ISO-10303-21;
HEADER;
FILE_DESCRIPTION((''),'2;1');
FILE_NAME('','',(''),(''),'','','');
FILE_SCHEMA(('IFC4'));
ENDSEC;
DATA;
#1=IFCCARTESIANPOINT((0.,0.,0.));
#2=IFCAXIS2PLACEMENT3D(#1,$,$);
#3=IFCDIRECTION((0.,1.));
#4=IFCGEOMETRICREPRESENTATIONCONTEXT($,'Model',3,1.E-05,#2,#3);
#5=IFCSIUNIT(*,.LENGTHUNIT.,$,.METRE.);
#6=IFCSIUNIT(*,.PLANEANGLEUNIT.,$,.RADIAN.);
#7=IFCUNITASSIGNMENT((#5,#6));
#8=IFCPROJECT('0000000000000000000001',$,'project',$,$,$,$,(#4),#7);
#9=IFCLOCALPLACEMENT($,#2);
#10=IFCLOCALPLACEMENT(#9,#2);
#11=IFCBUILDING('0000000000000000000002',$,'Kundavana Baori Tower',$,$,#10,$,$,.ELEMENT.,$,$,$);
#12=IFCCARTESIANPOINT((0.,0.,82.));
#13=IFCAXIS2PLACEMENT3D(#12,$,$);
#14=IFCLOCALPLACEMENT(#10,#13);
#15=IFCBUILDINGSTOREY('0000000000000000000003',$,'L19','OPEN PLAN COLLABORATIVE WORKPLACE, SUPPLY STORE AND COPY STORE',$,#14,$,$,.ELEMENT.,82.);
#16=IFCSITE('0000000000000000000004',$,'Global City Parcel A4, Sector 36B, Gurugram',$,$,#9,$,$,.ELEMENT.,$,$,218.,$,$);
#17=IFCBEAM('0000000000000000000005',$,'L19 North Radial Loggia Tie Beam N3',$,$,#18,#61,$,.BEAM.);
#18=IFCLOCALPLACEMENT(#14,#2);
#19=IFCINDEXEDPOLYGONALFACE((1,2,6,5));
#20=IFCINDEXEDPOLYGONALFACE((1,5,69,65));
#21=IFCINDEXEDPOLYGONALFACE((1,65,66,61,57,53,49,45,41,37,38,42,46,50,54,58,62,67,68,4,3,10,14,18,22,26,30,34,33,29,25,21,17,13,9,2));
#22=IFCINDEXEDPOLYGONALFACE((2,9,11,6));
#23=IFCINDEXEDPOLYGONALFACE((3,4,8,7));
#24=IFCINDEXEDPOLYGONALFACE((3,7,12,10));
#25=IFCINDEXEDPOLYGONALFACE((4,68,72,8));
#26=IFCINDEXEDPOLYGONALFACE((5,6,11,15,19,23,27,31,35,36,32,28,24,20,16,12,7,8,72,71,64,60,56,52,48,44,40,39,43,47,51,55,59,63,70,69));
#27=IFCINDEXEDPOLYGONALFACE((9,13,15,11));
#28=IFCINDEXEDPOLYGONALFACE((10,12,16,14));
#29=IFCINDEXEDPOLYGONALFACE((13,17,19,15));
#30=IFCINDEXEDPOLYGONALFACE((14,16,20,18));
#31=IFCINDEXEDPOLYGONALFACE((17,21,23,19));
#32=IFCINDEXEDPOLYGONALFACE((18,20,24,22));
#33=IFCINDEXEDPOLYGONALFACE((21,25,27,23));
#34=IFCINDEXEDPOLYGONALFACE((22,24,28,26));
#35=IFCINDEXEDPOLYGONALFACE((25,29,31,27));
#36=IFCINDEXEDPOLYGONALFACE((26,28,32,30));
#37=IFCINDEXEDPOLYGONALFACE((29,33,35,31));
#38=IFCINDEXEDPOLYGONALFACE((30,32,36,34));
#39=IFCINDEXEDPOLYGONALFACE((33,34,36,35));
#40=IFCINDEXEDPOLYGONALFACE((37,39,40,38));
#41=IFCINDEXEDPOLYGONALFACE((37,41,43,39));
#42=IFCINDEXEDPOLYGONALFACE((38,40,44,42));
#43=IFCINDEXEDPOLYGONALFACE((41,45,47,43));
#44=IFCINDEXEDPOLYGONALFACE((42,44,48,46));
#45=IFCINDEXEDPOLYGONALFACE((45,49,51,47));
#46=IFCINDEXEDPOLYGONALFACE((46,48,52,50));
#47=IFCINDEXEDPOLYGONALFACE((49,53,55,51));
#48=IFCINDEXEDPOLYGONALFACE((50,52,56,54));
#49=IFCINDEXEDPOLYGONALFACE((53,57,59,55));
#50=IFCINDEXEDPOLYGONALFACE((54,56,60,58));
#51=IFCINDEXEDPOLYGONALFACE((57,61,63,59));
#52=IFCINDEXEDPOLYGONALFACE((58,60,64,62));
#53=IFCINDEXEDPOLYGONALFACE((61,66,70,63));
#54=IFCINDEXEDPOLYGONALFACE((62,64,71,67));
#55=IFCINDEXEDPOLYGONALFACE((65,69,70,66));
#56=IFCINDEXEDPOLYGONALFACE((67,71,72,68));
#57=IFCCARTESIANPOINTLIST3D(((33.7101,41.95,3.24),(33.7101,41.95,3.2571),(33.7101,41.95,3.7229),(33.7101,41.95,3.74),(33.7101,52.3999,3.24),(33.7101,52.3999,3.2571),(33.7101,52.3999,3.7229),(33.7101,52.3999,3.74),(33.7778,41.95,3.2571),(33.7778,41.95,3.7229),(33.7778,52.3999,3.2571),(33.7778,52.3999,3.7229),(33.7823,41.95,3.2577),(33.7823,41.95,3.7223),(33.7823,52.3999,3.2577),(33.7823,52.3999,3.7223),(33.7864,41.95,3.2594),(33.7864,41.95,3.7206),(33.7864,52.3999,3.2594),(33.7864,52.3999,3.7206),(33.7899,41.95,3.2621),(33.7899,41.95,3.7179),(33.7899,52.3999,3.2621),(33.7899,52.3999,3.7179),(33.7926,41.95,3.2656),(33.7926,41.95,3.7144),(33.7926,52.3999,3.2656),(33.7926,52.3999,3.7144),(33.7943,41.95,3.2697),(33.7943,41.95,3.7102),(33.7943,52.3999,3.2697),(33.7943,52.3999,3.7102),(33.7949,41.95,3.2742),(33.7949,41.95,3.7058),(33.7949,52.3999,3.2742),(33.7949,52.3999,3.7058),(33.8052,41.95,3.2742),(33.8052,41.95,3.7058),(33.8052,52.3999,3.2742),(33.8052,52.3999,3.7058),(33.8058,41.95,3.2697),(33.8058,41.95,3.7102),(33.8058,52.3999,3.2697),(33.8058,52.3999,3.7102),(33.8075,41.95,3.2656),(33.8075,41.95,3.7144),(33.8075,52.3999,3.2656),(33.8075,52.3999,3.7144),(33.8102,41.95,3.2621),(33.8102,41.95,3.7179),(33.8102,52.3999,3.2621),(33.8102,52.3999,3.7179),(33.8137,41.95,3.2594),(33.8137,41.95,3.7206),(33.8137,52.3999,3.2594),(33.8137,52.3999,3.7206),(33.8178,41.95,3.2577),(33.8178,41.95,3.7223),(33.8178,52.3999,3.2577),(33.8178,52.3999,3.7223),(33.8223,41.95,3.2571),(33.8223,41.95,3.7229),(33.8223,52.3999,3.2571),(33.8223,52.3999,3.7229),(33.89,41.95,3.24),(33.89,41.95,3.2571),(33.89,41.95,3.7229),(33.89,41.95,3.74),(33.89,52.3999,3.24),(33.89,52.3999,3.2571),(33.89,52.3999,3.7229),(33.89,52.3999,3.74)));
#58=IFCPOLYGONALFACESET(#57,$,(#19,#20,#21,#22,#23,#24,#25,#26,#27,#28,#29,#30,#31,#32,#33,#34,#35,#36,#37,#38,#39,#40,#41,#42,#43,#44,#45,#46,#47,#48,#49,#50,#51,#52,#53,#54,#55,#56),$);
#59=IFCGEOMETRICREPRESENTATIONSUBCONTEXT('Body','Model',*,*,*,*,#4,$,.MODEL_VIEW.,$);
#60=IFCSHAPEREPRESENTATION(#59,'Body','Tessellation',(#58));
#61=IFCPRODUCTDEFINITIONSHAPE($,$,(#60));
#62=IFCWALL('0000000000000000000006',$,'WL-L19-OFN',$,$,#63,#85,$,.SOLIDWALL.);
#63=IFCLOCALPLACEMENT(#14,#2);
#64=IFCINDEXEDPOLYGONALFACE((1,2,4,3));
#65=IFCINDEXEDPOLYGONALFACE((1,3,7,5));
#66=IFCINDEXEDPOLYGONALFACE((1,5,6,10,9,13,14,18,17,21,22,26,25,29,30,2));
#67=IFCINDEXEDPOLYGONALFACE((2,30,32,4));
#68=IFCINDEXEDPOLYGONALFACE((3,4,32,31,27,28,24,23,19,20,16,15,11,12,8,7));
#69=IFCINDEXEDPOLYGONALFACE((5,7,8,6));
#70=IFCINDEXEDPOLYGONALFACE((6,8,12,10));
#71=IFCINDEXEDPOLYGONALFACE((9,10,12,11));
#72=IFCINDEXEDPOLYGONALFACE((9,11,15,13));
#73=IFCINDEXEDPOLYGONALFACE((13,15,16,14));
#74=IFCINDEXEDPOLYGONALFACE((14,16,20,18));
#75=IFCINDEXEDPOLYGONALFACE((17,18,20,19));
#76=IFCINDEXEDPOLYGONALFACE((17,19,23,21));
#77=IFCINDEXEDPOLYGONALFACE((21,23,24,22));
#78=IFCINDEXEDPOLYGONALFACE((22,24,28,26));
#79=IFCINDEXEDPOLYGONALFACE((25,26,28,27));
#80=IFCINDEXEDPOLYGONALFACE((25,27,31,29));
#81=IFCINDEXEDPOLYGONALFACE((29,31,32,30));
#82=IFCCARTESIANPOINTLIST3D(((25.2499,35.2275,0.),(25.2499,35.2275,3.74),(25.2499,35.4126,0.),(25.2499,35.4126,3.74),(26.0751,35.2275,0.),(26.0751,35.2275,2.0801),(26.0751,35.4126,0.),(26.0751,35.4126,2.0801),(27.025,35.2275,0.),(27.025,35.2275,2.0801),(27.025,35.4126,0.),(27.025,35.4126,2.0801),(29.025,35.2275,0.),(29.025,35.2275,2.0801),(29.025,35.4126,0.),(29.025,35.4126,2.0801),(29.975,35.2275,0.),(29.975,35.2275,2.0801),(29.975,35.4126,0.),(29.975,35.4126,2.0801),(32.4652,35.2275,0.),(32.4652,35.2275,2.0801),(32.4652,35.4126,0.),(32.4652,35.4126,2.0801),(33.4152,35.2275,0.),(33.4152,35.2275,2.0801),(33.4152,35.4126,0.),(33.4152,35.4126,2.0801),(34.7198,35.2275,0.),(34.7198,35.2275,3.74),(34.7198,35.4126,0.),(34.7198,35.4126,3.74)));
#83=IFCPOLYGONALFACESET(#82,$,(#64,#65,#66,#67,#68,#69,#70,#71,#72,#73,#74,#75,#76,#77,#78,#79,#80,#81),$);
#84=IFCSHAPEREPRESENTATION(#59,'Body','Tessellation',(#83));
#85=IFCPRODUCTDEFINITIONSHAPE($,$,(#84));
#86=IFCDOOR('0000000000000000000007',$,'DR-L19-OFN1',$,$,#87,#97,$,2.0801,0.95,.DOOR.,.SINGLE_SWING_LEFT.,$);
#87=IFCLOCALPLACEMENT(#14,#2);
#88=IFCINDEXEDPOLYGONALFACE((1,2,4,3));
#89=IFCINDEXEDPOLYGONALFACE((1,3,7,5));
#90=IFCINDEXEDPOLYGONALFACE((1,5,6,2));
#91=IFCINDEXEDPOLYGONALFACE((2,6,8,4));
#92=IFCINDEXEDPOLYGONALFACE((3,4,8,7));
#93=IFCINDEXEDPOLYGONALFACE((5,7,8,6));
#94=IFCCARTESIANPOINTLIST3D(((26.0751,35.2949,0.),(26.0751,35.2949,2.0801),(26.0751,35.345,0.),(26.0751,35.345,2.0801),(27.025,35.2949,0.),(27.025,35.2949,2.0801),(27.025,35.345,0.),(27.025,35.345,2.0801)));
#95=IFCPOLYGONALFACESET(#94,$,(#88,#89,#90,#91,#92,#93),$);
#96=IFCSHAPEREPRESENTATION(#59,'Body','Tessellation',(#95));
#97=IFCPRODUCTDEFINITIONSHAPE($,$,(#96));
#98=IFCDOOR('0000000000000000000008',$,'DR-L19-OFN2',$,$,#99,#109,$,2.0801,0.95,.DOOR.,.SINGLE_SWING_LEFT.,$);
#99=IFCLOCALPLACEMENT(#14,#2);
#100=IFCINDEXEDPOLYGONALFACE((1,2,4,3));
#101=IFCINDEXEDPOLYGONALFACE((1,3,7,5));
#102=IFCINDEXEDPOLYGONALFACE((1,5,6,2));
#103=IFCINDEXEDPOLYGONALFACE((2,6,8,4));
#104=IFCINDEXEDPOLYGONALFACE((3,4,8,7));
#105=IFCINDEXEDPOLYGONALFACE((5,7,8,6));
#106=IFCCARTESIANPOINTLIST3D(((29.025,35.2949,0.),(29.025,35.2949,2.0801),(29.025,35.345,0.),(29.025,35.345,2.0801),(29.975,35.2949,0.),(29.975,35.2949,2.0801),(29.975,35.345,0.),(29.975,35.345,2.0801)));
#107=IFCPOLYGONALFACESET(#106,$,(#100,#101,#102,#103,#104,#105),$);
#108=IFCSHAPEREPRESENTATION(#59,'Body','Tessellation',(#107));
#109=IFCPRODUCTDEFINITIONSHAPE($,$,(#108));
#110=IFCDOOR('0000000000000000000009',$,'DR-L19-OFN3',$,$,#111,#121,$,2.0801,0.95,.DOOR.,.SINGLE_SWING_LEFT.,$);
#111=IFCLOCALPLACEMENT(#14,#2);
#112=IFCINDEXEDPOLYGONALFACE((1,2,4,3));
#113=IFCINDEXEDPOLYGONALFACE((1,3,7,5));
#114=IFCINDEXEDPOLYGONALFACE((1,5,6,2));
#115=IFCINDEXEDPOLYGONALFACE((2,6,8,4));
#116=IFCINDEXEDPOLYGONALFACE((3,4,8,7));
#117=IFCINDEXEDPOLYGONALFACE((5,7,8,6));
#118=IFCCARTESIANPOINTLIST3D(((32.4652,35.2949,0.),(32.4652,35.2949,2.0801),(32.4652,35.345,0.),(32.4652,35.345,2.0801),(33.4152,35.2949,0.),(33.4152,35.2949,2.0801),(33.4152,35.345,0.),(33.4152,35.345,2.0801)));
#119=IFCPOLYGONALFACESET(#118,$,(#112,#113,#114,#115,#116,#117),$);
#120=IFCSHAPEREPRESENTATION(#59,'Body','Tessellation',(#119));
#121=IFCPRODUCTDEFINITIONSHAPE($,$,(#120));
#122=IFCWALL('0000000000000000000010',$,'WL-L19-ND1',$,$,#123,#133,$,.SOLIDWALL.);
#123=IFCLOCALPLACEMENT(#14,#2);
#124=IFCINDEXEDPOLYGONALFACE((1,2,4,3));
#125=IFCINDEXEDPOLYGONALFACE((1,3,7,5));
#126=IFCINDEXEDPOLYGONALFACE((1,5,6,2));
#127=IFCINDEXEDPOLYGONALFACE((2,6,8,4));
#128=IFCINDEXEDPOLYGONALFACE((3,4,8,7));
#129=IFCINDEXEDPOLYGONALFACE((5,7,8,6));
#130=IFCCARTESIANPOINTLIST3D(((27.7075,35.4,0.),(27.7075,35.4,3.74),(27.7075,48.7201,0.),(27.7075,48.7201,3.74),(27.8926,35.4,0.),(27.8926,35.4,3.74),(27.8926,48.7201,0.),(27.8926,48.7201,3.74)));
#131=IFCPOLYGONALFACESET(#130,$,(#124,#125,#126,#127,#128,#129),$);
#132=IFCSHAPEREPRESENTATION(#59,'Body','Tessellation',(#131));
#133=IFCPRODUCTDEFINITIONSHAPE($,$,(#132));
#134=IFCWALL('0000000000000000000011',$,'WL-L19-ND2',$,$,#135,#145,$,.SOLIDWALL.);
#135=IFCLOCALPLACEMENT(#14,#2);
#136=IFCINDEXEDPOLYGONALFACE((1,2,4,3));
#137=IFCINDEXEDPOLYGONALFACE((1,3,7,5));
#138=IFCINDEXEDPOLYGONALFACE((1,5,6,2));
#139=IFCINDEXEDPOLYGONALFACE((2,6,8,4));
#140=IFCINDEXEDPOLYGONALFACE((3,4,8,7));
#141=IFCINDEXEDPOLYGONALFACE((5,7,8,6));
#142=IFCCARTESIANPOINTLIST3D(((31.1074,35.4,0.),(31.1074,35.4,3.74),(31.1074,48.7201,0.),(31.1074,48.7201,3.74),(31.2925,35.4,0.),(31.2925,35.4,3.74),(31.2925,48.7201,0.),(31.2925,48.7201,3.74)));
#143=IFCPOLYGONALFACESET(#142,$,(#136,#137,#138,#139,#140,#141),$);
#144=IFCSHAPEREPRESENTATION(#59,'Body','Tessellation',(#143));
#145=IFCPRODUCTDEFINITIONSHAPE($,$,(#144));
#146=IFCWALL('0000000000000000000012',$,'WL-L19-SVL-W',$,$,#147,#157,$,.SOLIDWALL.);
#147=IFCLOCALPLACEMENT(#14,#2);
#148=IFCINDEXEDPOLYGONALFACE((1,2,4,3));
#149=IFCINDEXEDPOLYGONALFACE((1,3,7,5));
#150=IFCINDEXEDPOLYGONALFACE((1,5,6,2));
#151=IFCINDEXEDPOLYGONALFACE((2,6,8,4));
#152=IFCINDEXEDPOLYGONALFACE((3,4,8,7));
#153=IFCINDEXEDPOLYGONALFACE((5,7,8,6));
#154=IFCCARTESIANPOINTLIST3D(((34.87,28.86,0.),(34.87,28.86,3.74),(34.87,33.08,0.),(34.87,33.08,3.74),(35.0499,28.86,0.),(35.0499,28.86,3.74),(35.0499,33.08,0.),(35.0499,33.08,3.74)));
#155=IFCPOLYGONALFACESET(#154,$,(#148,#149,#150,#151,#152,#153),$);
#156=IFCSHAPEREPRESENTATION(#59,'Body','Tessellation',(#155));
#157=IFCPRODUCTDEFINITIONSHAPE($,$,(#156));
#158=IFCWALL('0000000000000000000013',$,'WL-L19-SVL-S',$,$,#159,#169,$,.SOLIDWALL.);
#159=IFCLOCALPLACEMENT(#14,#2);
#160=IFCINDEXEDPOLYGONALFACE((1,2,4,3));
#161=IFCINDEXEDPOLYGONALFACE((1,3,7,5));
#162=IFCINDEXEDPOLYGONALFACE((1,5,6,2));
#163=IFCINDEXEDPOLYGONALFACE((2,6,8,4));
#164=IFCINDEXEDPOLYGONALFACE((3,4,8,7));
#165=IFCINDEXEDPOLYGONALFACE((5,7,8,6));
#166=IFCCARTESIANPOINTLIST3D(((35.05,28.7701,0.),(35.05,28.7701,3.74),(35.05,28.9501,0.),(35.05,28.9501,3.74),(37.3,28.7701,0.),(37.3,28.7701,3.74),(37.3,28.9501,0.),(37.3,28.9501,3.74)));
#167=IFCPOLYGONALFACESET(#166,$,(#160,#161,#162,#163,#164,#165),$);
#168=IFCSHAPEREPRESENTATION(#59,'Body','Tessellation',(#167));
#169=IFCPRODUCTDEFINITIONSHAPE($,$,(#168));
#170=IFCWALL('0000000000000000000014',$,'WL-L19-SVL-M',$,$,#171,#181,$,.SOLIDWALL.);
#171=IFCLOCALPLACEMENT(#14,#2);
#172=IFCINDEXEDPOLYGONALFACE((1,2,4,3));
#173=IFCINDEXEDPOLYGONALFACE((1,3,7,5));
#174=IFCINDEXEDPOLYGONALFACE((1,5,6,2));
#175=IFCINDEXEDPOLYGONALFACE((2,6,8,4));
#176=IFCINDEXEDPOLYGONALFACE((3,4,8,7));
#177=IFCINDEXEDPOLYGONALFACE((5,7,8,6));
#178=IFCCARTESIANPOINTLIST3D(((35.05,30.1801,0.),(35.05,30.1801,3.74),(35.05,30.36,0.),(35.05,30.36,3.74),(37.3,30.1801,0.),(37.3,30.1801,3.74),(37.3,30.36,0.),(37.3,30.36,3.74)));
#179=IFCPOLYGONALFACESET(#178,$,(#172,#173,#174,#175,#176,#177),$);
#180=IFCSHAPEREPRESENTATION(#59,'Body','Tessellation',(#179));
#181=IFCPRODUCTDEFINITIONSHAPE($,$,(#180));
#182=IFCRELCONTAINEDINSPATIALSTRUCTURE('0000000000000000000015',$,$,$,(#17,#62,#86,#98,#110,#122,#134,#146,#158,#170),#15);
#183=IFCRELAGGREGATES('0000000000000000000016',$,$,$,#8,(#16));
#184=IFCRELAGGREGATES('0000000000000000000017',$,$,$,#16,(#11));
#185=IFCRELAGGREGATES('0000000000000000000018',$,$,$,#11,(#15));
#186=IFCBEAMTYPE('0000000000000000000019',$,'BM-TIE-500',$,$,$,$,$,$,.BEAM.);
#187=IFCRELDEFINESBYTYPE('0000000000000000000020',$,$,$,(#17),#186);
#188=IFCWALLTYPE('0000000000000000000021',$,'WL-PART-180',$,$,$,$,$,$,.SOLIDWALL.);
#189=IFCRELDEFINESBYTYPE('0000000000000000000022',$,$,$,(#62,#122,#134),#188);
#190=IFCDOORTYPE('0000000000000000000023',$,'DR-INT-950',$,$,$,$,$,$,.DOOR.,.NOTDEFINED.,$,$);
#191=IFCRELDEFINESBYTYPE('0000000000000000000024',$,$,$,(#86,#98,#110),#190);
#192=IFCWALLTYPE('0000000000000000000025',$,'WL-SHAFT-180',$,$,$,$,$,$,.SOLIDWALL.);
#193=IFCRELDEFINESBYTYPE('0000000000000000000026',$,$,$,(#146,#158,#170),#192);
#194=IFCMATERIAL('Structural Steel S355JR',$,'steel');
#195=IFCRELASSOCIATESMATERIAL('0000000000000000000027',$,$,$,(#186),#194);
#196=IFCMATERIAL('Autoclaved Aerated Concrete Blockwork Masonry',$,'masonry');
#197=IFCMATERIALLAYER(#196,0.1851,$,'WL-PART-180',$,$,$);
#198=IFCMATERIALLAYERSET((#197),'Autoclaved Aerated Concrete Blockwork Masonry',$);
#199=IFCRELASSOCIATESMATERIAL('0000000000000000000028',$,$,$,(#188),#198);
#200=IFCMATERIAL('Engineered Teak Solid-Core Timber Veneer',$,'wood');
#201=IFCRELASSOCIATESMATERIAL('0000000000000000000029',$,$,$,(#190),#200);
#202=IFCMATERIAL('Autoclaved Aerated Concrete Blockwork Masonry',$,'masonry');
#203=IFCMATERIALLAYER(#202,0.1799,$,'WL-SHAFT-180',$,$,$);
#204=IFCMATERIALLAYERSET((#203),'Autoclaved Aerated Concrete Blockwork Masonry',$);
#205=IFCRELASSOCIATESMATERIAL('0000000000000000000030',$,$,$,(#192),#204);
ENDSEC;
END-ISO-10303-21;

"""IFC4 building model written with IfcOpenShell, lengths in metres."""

from ifc_helpers import new_model, si_unit, direction, frame, frame_2d, origin, origin_2d, place, context, subcontext, project, spatial, rectangle, i_section, extrude, material, layer, layer_set, material_profile, profile_set, type_object, element, fill, save


model = new_model("IFC4")

# Units and contexts
model_context = context("Model", 3, precision=1e-05, world=origin(), true_north=direction((0.0, 1.0)))
body_context = subcontext(model_context, "Body", "Model", "MODEL_VIEW")
ifc_project = project(units=[si_unit("LENGTHUNIT", "METRE"), si_unit("PLANEANGLEUNIT", "RADIAN")], contexts=[model_context])

# Site, building, storey
site_placement = place(None, origin())
site = spatial("IfcSite", under=ifc_project, at=site_placement, Name="Global City Parcel A4, Sector 36B, Gurugram", CompositionType="ELEMENT", RefElevation=218.0)
building_placement = place(site_placement, origin())
building = spatial("IfcBuilding", under=site, at=building_placement, Name="Kundavana Baori Tower", CompositionType="ELEMENT")
storey_placement = place(building_placement, frame((0.0, 0.0, 82.0)))
storey = spatial("IfcBuildingStorey", under=building, at=storey_placement, Name="L19", Description="OPEN PLAN COLLABORATIVE WORKPLACE, SUPPLY STORE AND COPY STORE", CompositionType="ELEMENT", Elevation=82.0)

# Beam
ifc_material_1 = material(Name="Structural Steel S355JR", Category="steel")
ifc_material_profile_1 = material_profile(ifc_material_1, i_section(OverallWidth=0.1799, OverallDepth=0.5, WebThickness=0.0103, FlangeThickness=0.0171, FilletRadius=0.0171, at=origin_2d()), Name="ISMB 500")
ifc_profile_set_1 = profile_set([ifc_material_profile_1], Name="Structural Steel S355JR")
beam_type_1 = type_object("IfcBeamType", Name="BM-TIE-500", PredefinedType="BEAM", material=ifc_profile_set_1)
for number, where, z_axis, x_axis, name in (
    (1, (33.8, 41.95, 3.49), (0.0, 1.0, 0.0), (-1.0, 0.0, 0.0), "L19 North Radial Loggia Tie Beam N3"),
):
    element("IfcBeam", number, at=place(storey_placement, frame(where, z_axis=z_axis, x_axis=x_axis)), inside=storey, type_object=beam_type_1, Name=name, PredefinedType="BEAM", context=body_context, shape_type="SweptSolid", body=[
        extrude(i_section(OverallWidth=0.1799, OverallDepth=0.5, WebThickness=0.0103, FlangeThickness=0.0171, FilletRadius=0.0171, at=origin_2d()), origin(), (0.0, 0.0, 1.0), 10.45),
    ])

# Wall, openings, doors
ifc_material_2 = material(Name="Autoclaved Aerated Concrete Blockwork Masonry", Category="masonry")
ifc_layer_1 = layer(ifc_material_2, 0.1851, Name="WL-PART-180")
ifc_layer_set_1 = layer_set([ifc_layer_1], Name="Autoclaved Aerated Concrete Blockwork Masonry")
wall_type_1 = type_object("IfcWallType", Name="WL-PART-180", PredefinedType="SOLIDWALL", material=ifc_layer_set_1)
wall_1_placement = place(storey_placement, frame((25.25, 35.3201, 0.0), z_axis=(0.0, 0.0, 1.0), x_axis=(1.0, 0.0, 0.0)))
wall_1 = element("IfcWall", 2, at=wall_1_placement, inside=storey, type_object=wall_type_1, Name="WL-L19-OFN", PredefinedType="SOLIDWALL", context=body_context, shape_type="SweptSolid", body=[
    extrude(rectangle(XDim=9.47, YDim=0.1851, at=frame_2d((4.7349, 0.0))), origin(), (0.0, 0.0, 1.0), 3.74),
])
opening_1_placement = place(wall_1_placement, frame((0.825, 0.0, 0.0)))
opening_1 = element("IfcOpeningElement", 3, at=opening_1_placement, cuts=wall_1, PredefinedType="OPENING", context=body_context, shape_type="SweptSolid", body=[
    extrude(rectangle(XDim=0.95, YDim=2.0801, at=frame_2d((0.4751, 1.04))), frame((0.0, 0.1025, 0.0), z_axis=(0.0, -1.0, 0.0), x_axis=(1.0, 0.0, 0.0)), (0.0, 0.0, 1.0), 0.2051),
])
opening_2_placement = place(wall_1_placement, frame((3.7749, 0.0, 0.0)))
opening_2 = element("IfcOpeningElement", 4, at=opening_2_placement, cuts=wall_1, PredefinedType="OPENING", context=body_context, shape_type="SweptSolid", body=[
    extrude(rectangle(XDim=0.95, YDim=2.0801, at=frame_2d((0.4751, 1.04))), frame((0.0, 0.1025, 0.0), z_axis=(0.0, -1.0, 0.0), x_axis=(1.0, 0.0, 0.0)), (0.0, 0.0, 1.0), 0.2051),
])
opening_3_placement = place(wall_1_placement, frame((7.2151, 0.0, 0.0)))
opening_3 = element("IfcOpeningElement", 5, at=opening_3_placement, cuts=wall_1, PredefinedType="OPENING", context=body_context, shape_type="SweptSolid", body=[
    extrude(rectangle(XDim=0.95, YDim=2.0801, at=frame_2d((0.4751, 1.04))), frame((0.0, 0.1025, 0.0), z_axis=(0.0, -1.0, 0.0), x_axis=(1.0, 0.0, 0.0)), (0.0, 0.0, 1.0), 0.2051),
])
ifc_material_3 = material(Name="Engineered Teak Solid-Core Timber Veneer", Category="wood")
door_type_1 = type_object("IfcDoorType", Name="DR-INT-950", OperationType="NOTDEFINED", PredefinedType="DOOR", material=ifc_material_3)
door_1_placement = place(opening_1_placement, origin())
door_1 = element("IfcDoor", 6, at=door_1_placement, inside=storey, type_object=door_type_1, Name="DR-L19-OFN1", OperationType="SINGLE_SWING_LEFT", OverallHeight=2.0801, OverallWidth=0.95, PredefinedType="DOOR", context=body_context, shape_type="SweptSolid", body=[
    extrude(rectangle(XDim=0.95, YDim=2.0801, at=frame_2d((0.4751, 1.04))), frame((0.0, 0.0249, 0.0), z_axis=(0.0, -1.0, 0.0), x_axis=(1.0, 0.0, 0.0)), (0.0, 0.0, 1.0), 0.05),
])
fill(opening_1, door_1)
door_2_placement = place(opening_2_placement, origin())
door_2 = element("IfcDoor", 7, at=door_2_placement, inside=storey, type_object=door_type_1, Name="DR-L19-OFN2", OperationType="SINGLE_SWING_LEFT", OverallHeight=2.0801, OverallWidth=0.95, PredefinedType="DOOR", context=body_context, shape_type="SweptSolid", body=[
    extrude(rectangle(XDim=0.95, YDim=2.0801, at=frame_2d((0.4751, 1.04))), frame((0.0, 0.0249, 0.0), z_axis=(0.0, -1.0, 0.0), x_axis=(1.0, 0.0, 0.0)), (0.0, 0.0, 1.0), 0.05),
])
fill(opening_2, door_2)
door_3_placement = place(opening_3_placement, origin())
door_3 = element("IfcDoor", 8, at=door_3_placement, inside=storey, type_object=door_type_1, Name="DR-L19-OFN3", OperationType="SINGLE_SWING_LEFT", OverallHeight=2.0801, OverallWidth=0.95, PredefinedType="DOOR", context=body_context, shape_type="SweptSolid", body=[
    extrude(rectangle(XDim=0.95, YDim=2.0801, at=frame_2d((0.4751, 1.04))), frame((0.0, 0.0249, 0.0), z_axis=(0.0, -1.0, 0.0), x_axis=(1.0, 0.0, 0.0)), (0.0, 0.0, 1.0), 0.05),
])
fill(opening_3, door_3)

# Walls
for number, where, z_axis, x_axis, name in (
    (9, (27.8, 35.3999, 0.0), (0.0, 0.0, 1.0), (0.0, 1.0, 0.0), "WL-L19-ND1"),
    (10, (31.2, 35.3999, 0.0), (0.0, 0.0, 1.0), (0.0, 1.0, 0.0), "WL-L19-ND2"),
):
    element("IfcWall", number, at=place(storey_placement, frame(where, z_axis=z_axis, x_axis=x_axis)), inside=storey, type_object=wall_type_1, Name=name, PredefinedType="SOLIDWALL", context=body_context, shape_type="SweptSolid", body=[
        extrude(rectangle(XDim=13.3201, YDim=0.1851, at=frame_2d((6.6602, 0.0))), origin(), (0.0, 0.0, 1.0), 3.74),
    ])
ifc_material_4 = material(Name="Autoclaved Aerated Concrete Blockwork Masonry", Category="masonry")
ifc_layer_2 = layer(ifc_material_4, 0.1799, Name="WL-SHAFT-180")
ifc_layer_set_2 = layer_set([ifc_layer_2], Name="Autoclaved Aerated Concrete Blockwork Masonry")
wall_type_2 = type_object("IfcWallType", Name="WL-SHAFT-180", PredefinedType="SOLIDWALL", material=ifc_layer_set_2)
wall_2_placement = place(storey_placement, frame((34.96, 28.8601, 0.0), z_axis=(0.0, 0.0, 1.0), x_axis=(0.0, 1.0, 0.0)))
element("IfcWall", 11, at=wall_2_placement, inside=storey, type_object=wall_type_2, Name="WL-L19-SVL-W", PredefinedType="SOLIDWALL", context=body_context, shape_type="SweptSolid", body=[
    extrude(rectangle(XDim=4.22, YDim=0.1799, at=frame_2d((2.1099, 0.0))), origin(), (0.0, 0.0, 1.0), 3.74),
])
for number, where, z_axis, x_axis, name in (
    (12, (35.05, 28.8601, 0.0), (0.0, 0.0, 1.0), (1.0, 0.0, 0.0), "WL-L19-SVL-S"),
    (13, (35.05, 30.27, 0.0), (0.0, 0.0, 1.0), (1.0, 0.0, 0.0), "WL-L19-SVL-M"),
):
    element("IfcWall", number, at=place(storey_placement, frame(where, z_axis=z_axis, x_axis=x_axis)), inside=storey, type_object=wall_type_2, Name=name, PredefinedType="SOLIDWALL", context=body_context, shape_type="SweptSolid", body=[
        extrude(rectangle(XDim=2.25, YDim=0.1799, at=frame_2d((1.125, 0.0))), origin(), (0.0, 0.0, 1.0), 3.74),
    ])

save(model, "model.ifc")
